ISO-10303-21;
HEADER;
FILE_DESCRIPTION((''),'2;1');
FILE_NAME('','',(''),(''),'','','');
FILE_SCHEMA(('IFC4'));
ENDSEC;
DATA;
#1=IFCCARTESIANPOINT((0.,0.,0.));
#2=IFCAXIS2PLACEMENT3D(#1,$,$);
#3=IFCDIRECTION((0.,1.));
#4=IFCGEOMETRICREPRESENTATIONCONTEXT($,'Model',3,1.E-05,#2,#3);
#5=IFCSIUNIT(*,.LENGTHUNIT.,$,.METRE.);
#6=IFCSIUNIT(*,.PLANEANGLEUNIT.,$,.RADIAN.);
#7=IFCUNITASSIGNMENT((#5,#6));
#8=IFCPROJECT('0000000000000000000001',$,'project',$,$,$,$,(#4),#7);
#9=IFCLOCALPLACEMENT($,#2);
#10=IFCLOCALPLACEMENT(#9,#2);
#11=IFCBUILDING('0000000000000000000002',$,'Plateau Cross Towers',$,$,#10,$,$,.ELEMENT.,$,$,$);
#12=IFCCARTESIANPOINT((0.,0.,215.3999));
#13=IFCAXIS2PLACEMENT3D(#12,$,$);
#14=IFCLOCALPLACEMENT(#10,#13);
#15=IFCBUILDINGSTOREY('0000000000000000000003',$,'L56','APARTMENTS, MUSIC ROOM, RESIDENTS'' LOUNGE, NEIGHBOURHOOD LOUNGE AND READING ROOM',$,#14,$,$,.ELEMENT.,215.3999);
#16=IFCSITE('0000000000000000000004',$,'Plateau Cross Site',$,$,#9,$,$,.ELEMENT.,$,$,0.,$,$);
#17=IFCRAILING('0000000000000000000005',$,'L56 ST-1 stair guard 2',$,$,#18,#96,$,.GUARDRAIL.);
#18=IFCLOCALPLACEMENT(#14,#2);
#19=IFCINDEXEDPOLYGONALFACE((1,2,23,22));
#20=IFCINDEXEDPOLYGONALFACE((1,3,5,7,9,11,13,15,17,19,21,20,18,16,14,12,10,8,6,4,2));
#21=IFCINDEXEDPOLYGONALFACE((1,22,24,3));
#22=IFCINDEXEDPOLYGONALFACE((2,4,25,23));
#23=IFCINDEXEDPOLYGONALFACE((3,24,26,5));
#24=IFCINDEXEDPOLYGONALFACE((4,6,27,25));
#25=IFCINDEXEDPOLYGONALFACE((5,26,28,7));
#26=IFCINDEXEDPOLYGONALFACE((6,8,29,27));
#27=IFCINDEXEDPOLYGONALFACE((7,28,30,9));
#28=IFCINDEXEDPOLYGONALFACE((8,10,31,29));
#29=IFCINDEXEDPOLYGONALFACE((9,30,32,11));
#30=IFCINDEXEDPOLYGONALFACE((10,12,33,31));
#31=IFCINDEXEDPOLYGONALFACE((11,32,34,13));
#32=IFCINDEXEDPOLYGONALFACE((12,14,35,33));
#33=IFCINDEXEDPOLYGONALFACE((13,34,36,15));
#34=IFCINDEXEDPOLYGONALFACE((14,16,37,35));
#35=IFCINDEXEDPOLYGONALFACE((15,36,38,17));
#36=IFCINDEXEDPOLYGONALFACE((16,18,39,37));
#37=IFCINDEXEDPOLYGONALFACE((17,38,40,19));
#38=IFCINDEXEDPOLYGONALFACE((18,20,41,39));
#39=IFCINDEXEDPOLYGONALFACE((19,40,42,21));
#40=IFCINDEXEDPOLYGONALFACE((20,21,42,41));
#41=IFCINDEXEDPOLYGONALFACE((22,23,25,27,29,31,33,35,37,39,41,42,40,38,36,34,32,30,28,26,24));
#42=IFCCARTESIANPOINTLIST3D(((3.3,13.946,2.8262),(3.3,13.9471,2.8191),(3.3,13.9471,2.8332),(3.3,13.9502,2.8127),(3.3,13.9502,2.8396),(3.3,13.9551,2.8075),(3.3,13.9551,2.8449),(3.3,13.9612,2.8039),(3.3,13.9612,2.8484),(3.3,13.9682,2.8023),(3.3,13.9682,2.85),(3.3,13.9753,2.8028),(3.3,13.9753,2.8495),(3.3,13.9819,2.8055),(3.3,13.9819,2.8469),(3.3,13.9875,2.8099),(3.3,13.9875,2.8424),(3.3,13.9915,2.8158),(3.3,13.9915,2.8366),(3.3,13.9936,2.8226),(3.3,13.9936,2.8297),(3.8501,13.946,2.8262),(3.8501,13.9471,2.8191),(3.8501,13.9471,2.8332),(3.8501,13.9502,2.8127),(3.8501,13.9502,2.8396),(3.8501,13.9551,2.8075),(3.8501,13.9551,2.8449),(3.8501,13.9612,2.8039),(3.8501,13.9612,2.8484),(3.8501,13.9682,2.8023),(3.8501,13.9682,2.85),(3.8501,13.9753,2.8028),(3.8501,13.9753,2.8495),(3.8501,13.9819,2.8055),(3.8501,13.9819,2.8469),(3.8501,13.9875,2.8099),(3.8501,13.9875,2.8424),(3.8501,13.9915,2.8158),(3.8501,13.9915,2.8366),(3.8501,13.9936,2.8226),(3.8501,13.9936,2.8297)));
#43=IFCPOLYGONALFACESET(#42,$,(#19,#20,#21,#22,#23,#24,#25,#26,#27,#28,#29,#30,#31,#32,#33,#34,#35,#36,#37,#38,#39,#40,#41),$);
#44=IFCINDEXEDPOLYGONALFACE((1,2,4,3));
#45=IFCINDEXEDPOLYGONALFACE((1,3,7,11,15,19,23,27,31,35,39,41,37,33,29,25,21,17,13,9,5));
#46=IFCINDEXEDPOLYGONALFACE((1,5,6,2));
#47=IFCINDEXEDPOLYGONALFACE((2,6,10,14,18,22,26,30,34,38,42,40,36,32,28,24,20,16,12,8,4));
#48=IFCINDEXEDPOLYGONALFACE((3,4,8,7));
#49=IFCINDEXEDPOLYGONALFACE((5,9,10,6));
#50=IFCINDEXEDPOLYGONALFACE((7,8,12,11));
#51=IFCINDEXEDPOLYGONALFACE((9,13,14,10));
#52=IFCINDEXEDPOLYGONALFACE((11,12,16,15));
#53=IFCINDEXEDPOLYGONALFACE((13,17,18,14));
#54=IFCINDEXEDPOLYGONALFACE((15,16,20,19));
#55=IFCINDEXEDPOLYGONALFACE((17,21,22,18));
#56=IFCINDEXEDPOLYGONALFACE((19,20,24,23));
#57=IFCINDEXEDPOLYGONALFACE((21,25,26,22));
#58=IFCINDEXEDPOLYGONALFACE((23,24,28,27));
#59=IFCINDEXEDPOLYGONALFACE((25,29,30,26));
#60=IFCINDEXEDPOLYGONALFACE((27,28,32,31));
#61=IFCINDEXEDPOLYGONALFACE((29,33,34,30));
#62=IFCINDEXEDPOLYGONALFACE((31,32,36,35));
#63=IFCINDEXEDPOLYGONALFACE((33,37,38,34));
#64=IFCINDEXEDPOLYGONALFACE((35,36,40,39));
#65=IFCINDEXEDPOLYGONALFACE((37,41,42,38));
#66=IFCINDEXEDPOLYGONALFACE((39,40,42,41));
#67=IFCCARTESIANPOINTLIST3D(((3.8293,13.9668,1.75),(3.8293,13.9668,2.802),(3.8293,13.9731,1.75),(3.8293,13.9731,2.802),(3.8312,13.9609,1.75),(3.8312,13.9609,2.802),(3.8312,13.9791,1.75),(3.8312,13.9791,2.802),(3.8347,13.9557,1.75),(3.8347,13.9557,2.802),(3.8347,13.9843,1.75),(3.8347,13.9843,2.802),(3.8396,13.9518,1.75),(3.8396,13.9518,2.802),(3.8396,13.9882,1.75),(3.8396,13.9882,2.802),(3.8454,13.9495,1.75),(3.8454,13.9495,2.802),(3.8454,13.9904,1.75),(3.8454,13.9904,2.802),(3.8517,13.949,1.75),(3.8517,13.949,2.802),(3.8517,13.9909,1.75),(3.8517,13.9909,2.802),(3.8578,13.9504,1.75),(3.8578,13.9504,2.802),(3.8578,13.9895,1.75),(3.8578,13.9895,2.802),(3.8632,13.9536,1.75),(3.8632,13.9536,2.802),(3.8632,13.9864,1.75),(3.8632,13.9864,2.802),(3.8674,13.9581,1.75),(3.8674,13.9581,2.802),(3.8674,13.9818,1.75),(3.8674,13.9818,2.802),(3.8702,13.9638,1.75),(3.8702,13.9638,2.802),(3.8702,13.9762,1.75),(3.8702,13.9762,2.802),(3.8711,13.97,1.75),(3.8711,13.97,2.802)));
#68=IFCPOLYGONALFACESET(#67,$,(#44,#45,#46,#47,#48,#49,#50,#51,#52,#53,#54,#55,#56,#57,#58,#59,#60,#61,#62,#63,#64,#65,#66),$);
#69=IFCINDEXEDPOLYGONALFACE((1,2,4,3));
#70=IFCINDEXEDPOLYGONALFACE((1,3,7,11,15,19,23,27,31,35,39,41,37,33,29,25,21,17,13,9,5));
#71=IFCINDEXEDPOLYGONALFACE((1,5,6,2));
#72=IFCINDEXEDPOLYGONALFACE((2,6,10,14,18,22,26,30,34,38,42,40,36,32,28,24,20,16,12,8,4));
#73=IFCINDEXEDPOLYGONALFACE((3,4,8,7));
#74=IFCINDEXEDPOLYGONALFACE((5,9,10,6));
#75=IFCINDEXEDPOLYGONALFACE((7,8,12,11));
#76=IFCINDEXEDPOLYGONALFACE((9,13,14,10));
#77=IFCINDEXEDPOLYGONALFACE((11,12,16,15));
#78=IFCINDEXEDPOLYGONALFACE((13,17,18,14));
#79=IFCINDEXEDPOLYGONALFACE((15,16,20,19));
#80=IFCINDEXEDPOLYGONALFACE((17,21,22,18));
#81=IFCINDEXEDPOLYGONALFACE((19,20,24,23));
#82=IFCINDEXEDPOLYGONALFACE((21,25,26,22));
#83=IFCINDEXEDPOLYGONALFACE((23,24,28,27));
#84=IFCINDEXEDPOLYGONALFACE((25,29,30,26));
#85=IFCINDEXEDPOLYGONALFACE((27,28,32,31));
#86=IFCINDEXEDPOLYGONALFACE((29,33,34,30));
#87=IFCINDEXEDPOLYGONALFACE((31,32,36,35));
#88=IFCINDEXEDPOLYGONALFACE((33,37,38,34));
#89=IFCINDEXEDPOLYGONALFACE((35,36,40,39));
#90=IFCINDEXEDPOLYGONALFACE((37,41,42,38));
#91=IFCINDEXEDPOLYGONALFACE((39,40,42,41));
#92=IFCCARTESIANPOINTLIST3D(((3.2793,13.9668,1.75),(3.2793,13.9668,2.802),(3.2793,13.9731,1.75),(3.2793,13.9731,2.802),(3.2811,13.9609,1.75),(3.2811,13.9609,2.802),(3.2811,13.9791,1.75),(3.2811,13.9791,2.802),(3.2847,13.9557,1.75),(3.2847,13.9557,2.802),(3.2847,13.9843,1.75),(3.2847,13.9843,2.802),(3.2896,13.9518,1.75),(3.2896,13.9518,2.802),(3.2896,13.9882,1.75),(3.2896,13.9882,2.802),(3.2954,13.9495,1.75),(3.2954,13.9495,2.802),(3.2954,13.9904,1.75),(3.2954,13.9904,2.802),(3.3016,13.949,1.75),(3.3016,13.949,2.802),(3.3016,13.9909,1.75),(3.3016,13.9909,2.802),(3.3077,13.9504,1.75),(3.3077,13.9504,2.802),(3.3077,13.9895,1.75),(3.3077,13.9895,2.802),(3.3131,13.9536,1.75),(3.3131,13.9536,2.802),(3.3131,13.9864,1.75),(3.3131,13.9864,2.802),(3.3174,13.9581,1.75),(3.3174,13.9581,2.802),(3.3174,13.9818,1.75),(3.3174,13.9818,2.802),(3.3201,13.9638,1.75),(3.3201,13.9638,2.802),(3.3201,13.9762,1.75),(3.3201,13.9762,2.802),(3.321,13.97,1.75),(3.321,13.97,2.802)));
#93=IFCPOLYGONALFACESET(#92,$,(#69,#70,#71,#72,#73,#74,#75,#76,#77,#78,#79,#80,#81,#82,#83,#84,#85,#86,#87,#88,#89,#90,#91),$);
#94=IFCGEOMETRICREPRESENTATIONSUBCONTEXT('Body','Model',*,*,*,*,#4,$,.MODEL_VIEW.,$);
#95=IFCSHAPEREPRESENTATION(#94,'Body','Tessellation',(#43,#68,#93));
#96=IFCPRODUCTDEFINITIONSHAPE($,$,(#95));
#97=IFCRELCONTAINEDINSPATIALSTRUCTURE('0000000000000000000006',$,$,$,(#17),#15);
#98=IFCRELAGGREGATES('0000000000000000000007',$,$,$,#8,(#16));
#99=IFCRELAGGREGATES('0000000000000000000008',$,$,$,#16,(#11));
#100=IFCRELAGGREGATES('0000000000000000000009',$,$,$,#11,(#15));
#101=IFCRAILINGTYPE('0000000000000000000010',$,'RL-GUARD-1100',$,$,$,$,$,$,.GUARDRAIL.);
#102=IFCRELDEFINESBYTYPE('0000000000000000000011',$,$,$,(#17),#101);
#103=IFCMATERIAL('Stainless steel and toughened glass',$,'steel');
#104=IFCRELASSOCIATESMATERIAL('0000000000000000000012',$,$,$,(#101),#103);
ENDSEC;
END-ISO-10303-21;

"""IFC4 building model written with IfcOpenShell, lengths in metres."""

from ifc_helpers import new_model, si_unit, direction, frame, origin, origin_2d, place, context, subcontext, project, spatial, circle, extrude, material, type_object, element, save


model = new_model("IFC4")

# Units and contexts
model_context = context("Model", 3, precision=1e-05, world=origin(), true_north=direction((0.0, 1.0)))
body_context = subcontext(model_context, "Body", "Model", "MODEL_VIEW")
ifc_project = project(units=[si_unit("LENGTHUNIT", "METRE"), si_unit("PLANEANGLEUNIT", "RADIAN")], contexts=[model_context])

# Site, building, storey
site_placement = place(None, origin())
site = spatial("IfcSite", under=ifc_project, at=site_placement, Name="Plateau Cross Site", CompositionType="ELEMENT", RefElevation=0.0)
building_placement = place(site_placement, origin())
building = spatial("IfcBuilding", under=site, at=building_placement, Name="Plateau Cross Towers", CompositionType="ELEMENT")
storey_placement = place(building_placement, frame((0.0, 0.0, 215.3999)))
storey = spatial("IfcBuildingStorey", under=building, at=storey_placement, Name="L56", Description="APARTMENTS, MUSIC ROOM, RESIDENTS' LOUNGE, NEIGHBOURHOOD LOUNGE AND READING ROOM", CompositionType="ELEMENT", Elevation=215.3999)

# Railing
ifc_material_1 = material(Name="Stainless steel and toughened glass", Category="steel")
railing_type = type_object("IfcRailingType", Name="RL-GUARD-1100", PredefinedType="GUARDRAIL", material=ifc_material_1)
railing_1_placement = place(storey_placement, frame((3.8501, 13.97, 1.75)))
element("IfcRailing", 1, at=railing_1_placement, inside=storey, type_object=railing_type, Name="L56 ST-1 stair guard 2", PredefinedType="GUARDRAIL", context=body_context, shape_type="SweptSolid", body=[
    extrude(circle(Radius=0.0239, at=origin_2d()), frame((0.0, 0.0, 1.0762), z_axis=(-1.0, 0.0, 0.0), x_axis=(0.0, -1.0, 0.0)), (0.0, 0.0, 1.0), 0.55),
    extrude(circle(Radius=0.021, at=origin_2d()), origin(), (0.0, 0.0, 1.0), 1.052),
    extrude(circle(Radius=0.021, at=origin_2d()), frame((-0.55, 0.0, 0.0)), (0.0, 0.0, 1.0), 1.052),
])

save(model, "model.ifc")
